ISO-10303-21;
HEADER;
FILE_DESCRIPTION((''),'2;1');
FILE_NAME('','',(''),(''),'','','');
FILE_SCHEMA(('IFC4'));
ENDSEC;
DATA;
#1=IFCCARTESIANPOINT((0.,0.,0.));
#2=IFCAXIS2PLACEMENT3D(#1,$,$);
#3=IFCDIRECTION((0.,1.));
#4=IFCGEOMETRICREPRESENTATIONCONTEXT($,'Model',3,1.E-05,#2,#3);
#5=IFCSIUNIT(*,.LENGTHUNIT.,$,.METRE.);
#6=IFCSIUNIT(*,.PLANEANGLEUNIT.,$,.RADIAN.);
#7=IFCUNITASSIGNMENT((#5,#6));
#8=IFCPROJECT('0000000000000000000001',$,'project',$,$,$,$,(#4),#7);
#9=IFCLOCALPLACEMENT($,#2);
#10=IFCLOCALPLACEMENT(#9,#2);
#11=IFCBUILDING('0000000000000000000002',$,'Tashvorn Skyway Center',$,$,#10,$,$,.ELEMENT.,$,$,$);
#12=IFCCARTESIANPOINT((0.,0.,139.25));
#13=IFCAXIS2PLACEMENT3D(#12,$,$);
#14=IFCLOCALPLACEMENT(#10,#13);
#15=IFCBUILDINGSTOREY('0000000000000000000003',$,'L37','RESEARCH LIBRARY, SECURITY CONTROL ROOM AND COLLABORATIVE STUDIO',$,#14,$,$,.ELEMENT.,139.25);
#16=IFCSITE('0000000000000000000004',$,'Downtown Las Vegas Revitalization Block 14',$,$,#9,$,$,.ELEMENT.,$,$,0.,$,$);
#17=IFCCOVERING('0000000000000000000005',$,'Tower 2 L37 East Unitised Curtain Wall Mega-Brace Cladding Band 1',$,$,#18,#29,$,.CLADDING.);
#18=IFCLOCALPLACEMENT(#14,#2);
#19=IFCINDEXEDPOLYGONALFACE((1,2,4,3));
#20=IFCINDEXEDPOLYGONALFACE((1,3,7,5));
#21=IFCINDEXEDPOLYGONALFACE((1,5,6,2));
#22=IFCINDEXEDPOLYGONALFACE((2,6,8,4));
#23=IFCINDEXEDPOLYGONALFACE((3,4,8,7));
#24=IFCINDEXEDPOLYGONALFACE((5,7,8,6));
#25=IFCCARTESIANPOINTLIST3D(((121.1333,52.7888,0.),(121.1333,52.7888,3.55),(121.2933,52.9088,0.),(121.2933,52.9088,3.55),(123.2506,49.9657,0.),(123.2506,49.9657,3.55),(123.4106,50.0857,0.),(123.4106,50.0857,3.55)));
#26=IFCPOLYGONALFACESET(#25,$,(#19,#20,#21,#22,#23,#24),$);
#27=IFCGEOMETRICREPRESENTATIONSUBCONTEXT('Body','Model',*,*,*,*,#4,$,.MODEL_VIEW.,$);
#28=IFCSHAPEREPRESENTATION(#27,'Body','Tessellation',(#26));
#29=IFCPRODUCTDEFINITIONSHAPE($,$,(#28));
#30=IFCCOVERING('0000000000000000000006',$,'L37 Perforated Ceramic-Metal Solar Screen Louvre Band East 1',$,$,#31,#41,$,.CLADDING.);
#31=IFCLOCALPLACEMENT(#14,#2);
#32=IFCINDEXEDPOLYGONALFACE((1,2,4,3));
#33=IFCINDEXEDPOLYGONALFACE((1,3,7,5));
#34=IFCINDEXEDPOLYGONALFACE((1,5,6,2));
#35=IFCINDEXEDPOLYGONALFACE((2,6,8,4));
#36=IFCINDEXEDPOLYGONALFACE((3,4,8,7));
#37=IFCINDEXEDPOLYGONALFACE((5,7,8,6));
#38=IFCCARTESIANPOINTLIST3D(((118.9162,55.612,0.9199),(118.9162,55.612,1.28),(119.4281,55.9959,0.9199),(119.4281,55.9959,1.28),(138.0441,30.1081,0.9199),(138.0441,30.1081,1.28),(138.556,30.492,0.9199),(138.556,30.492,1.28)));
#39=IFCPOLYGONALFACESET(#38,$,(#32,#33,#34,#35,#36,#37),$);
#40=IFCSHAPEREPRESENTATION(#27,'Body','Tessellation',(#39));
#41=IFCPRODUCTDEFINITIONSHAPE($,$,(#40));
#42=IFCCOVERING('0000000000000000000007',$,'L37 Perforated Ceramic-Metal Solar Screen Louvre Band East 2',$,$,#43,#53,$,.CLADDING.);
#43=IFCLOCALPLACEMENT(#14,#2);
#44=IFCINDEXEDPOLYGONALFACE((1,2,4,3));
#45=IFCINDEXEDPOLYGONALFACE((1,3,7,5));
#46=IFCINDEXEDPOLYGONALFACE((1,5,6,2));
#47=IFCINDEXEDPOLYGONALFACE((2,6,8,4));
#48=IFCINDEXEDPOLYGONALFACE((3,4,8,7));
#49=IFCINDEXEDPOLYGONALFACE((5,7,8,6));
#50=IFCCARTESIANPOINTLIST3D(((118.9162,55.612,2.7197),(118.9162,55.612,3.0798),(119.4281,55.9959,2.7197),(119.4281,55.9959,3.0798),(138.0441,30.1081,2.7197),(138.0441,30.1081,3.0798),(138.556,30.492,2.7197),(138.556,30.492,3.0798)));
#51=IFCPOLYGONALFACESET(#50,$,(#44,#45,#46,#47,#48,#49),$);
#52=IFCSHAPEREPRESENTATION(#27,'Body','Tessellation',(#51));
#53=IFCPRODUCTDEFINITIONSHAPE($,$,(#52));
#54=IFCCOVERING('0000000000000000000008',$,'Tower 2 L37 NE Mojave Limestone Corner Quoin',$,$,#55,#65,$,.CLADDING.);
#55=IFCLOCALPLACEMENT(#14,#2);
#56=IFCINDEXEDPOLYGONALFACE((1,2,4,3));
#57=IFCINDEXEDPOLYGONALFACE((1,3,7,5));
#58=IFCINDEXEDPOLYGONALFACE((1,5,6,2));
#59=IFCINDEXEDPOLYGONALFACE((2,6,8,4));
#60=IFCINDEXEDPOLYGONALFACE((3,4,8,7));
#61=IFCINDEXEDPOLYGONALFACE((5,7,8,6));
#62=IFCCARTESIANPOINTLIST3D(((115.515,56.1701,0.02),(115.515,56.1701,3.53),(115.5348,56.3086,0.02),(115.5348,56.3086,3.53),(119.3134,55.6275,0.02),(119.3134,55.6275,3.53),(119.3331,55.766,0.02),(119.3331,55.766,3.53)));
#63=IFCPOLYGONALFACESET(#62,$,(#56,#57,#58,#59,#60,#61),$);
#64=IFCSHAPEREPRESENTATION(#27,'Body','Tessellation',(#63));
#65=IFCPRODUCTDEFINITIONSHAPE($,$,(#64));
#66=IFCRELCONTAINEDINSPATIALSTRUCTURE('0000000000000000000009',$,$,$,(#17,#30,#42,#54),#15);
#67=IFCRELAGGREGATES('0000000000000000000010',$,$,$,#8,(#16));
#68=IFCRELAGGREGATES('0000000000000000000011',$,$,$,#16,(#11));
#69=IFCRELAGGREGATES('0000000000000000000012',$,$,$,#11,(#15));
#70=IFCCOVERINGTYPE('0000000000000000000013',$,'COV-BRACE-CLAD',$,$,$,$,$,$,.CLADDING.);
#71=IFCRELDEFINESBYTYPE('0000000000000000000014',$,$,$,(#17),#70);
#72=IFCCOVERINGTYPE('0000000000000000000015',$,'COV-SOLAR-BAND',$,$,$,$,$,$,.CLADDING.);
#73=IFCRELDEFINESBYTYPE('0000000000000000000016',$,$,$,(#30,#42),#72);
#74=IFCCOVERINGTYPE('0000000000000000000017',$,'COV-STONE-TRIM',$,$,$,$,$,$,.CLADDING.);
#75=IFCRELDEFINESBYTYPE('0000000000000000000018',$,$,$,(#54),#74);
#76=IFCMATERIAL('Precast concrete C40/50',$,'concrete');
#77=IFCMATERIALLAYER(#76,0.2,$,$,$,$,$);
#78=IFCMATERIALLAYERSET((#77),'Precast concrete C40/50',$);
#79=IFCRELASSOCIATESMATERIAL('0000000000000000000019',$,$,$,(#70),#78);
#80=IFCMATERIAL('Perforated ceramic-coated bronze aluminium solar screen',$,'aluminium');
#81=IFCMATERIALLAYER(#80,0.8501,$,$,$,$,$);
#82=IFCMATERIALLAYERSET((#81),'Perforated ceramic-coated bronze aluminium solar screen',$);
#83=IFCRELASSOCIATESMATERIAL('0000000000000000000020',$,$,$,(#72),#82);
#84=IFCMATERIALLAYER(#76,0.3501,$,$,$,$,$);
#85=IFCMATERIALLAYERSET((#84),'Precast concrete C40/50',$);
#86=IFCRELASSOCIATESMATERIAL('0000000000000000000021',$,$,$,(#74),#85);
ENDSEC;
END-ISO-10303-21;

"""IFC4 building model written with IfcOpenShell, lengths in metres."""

from ifc_helpers import new_model, si_unit, direction, frame, origin, origin_2d, place, context, subcontext, project, spatial, rectangle, extrude, material, layer, layer_set, type_object, element, save


model = new_model("IFC4")

# Units and contexts
model_context = context("Model", 3, precision=1e-05, world=origin(), true_north=direction((0.0, 1.0)))
body_context = subcontext(model_context, "Body", "Model", "MODEL_VIEW")
ifc_project = project(units=[si_unit("LENGTHUNIT", "METRE"), si_unit("PLANEANGLEUNIT", "RADIAN")], contexts=[model_context])

# Site, building, storey
site_placement = place(None, origin())
site = spatial("IfcSite", under=ifc_project, at=site_placement, Name="Downtown Las Vegas Revitalization Block 14", CompositionType="ELEMENT", RefElevation=0.0)
building_placement = place(site_placement, origin())
building = spatial("IfcBuilding", under=site, at=building_placement, Name="Tashvorn Skyway Center", CompositionType="ELEMENT")
storey_placement = place(building_placement, frame((0.0, 0.0, 139.25)))
storey = spatial("IfcBuildingStorey", under=building, at=storey_placement, Name="L37", Description="RESEARCH LIBRARY, SECURITY CONTROL ROOM AND COLLABORATIVE STUDIO", CompositionType="ELEMENT", Elevation=139.25)

# Shared definitions
ifc_material_1 = material(Name="Precast concrete C40/50", Category="concrete")

# Coverings
ifc_layer_1 = layer(ifc_material_1, 0.2)
ifc_layer_set_1 = layer_set([ifc_layer_1], Name="Precast concrete C40/50")
covering_type_1 = type_object("IfcCoveringType", Name="COV-BRACE-CLAD", PredefinedType="CLADDING", material=ifc_layer_set_1)
covering_1_placement = place(storey_placement, frame((122.272, 51.4373, 0.0), z_axis=(0.0, 0.0, 1.0), x_axis=(0.6, -0.8, 0.0)))
element("IfcCovering", 1, at=covering_1_placement, inside=storey, type_object=covering_type_1, Name="Tower 2 L37 East Unitised Curtain Wall Mega-Brace Cladding Band 1", PredefinedType="CLADDING", context=body_context, shape_type="SweptSolid", body=[
    extrude(rectangle(XDim=3.5288, YDim=0.2, at=origin_2d()), origin(), (0.0, 0.0, 1.0), 3.55),
])
ifc_material_2 = material(Name="Perforated ceramic-coated bronze aluminium solar screen", Category="aluminium")
ifc_layer_2 = layer(ifc_material_2, 0.8501)
ifc_layer_set_2 = layer_set([ifc_layer_2], Name="Perforated ceramic-coated bronze aluminium solar screen")
covering_type_2 = type_object("IfcCoveringType", Name="COV-SOLAR-BAND", PredefinedType="CLADDING", material=ifc_layer_set_2)
for number, where, z_axis, x_axis, name in (
    (2, (128.7361, 43.052, 0.9199), (0.0, 0.0, 1.0), (0.6, -0.8, 0.0), "L37 Perforated Ceramic-Metal Solar Screen Louvre Band East 1"),
    (3, (128.7361, 43.052, 2.7197), (0.0, 0.0, 1.0), (0.6, -0.8, 0.0), "L37 Perforated Ceramic-Metal Solar Screen Louvre Band East 2"),
):
    element("IfcCovering", number, at=place(storey_placement, frame(where, z_axis=z_axis, x_axis=x_axis)), inside=storey, type_object=covering_type_2, Name=name, PredefinedType="CLADDING", context=body_context, shape_type="SweptSolid", body=[
        extrude(rectangle(XDim=31.8799, YDim=0.6399, at=origin_2d()), origin(), (0.0, 0.0, 1.0), 0.3601),
    ])
ifc_layer_3 = layer(ifc_material_1, 0.3501)
ifc_layer_set_3 = layer_set([ifc_layer_3], Name="Precast concrete C40/50")
covering_type_3 = type_object("IfcCoveringType", Name="COV-STONE-TRIM", PredefinedType="CLADDING", material=ifc_layer_set_3)
covering_2_placement = place(storey_placement, frame((117.4241, 55.968, 0.02), z_axis=(0.0, 0.0, 1.0), x_axis=(0.989949, -0.141421, 0.0)))
element("IfcCovering", 4, at=covering_2_placement, inside=storey, type_object=covering_type_3, Name="Tower 2 L37 NE Mojave Limestone Corner Quoin", PredefinedType="CLADDING", context=body_context, shape_type="SweptSolid", body=[
    extrude(rectangle(XDim=3.8369, YDim=0.1399, at=origin_2d()), origin(), (0.0, 0.0, 1.0), 3.51),
])

save(model, "model.ifc")
